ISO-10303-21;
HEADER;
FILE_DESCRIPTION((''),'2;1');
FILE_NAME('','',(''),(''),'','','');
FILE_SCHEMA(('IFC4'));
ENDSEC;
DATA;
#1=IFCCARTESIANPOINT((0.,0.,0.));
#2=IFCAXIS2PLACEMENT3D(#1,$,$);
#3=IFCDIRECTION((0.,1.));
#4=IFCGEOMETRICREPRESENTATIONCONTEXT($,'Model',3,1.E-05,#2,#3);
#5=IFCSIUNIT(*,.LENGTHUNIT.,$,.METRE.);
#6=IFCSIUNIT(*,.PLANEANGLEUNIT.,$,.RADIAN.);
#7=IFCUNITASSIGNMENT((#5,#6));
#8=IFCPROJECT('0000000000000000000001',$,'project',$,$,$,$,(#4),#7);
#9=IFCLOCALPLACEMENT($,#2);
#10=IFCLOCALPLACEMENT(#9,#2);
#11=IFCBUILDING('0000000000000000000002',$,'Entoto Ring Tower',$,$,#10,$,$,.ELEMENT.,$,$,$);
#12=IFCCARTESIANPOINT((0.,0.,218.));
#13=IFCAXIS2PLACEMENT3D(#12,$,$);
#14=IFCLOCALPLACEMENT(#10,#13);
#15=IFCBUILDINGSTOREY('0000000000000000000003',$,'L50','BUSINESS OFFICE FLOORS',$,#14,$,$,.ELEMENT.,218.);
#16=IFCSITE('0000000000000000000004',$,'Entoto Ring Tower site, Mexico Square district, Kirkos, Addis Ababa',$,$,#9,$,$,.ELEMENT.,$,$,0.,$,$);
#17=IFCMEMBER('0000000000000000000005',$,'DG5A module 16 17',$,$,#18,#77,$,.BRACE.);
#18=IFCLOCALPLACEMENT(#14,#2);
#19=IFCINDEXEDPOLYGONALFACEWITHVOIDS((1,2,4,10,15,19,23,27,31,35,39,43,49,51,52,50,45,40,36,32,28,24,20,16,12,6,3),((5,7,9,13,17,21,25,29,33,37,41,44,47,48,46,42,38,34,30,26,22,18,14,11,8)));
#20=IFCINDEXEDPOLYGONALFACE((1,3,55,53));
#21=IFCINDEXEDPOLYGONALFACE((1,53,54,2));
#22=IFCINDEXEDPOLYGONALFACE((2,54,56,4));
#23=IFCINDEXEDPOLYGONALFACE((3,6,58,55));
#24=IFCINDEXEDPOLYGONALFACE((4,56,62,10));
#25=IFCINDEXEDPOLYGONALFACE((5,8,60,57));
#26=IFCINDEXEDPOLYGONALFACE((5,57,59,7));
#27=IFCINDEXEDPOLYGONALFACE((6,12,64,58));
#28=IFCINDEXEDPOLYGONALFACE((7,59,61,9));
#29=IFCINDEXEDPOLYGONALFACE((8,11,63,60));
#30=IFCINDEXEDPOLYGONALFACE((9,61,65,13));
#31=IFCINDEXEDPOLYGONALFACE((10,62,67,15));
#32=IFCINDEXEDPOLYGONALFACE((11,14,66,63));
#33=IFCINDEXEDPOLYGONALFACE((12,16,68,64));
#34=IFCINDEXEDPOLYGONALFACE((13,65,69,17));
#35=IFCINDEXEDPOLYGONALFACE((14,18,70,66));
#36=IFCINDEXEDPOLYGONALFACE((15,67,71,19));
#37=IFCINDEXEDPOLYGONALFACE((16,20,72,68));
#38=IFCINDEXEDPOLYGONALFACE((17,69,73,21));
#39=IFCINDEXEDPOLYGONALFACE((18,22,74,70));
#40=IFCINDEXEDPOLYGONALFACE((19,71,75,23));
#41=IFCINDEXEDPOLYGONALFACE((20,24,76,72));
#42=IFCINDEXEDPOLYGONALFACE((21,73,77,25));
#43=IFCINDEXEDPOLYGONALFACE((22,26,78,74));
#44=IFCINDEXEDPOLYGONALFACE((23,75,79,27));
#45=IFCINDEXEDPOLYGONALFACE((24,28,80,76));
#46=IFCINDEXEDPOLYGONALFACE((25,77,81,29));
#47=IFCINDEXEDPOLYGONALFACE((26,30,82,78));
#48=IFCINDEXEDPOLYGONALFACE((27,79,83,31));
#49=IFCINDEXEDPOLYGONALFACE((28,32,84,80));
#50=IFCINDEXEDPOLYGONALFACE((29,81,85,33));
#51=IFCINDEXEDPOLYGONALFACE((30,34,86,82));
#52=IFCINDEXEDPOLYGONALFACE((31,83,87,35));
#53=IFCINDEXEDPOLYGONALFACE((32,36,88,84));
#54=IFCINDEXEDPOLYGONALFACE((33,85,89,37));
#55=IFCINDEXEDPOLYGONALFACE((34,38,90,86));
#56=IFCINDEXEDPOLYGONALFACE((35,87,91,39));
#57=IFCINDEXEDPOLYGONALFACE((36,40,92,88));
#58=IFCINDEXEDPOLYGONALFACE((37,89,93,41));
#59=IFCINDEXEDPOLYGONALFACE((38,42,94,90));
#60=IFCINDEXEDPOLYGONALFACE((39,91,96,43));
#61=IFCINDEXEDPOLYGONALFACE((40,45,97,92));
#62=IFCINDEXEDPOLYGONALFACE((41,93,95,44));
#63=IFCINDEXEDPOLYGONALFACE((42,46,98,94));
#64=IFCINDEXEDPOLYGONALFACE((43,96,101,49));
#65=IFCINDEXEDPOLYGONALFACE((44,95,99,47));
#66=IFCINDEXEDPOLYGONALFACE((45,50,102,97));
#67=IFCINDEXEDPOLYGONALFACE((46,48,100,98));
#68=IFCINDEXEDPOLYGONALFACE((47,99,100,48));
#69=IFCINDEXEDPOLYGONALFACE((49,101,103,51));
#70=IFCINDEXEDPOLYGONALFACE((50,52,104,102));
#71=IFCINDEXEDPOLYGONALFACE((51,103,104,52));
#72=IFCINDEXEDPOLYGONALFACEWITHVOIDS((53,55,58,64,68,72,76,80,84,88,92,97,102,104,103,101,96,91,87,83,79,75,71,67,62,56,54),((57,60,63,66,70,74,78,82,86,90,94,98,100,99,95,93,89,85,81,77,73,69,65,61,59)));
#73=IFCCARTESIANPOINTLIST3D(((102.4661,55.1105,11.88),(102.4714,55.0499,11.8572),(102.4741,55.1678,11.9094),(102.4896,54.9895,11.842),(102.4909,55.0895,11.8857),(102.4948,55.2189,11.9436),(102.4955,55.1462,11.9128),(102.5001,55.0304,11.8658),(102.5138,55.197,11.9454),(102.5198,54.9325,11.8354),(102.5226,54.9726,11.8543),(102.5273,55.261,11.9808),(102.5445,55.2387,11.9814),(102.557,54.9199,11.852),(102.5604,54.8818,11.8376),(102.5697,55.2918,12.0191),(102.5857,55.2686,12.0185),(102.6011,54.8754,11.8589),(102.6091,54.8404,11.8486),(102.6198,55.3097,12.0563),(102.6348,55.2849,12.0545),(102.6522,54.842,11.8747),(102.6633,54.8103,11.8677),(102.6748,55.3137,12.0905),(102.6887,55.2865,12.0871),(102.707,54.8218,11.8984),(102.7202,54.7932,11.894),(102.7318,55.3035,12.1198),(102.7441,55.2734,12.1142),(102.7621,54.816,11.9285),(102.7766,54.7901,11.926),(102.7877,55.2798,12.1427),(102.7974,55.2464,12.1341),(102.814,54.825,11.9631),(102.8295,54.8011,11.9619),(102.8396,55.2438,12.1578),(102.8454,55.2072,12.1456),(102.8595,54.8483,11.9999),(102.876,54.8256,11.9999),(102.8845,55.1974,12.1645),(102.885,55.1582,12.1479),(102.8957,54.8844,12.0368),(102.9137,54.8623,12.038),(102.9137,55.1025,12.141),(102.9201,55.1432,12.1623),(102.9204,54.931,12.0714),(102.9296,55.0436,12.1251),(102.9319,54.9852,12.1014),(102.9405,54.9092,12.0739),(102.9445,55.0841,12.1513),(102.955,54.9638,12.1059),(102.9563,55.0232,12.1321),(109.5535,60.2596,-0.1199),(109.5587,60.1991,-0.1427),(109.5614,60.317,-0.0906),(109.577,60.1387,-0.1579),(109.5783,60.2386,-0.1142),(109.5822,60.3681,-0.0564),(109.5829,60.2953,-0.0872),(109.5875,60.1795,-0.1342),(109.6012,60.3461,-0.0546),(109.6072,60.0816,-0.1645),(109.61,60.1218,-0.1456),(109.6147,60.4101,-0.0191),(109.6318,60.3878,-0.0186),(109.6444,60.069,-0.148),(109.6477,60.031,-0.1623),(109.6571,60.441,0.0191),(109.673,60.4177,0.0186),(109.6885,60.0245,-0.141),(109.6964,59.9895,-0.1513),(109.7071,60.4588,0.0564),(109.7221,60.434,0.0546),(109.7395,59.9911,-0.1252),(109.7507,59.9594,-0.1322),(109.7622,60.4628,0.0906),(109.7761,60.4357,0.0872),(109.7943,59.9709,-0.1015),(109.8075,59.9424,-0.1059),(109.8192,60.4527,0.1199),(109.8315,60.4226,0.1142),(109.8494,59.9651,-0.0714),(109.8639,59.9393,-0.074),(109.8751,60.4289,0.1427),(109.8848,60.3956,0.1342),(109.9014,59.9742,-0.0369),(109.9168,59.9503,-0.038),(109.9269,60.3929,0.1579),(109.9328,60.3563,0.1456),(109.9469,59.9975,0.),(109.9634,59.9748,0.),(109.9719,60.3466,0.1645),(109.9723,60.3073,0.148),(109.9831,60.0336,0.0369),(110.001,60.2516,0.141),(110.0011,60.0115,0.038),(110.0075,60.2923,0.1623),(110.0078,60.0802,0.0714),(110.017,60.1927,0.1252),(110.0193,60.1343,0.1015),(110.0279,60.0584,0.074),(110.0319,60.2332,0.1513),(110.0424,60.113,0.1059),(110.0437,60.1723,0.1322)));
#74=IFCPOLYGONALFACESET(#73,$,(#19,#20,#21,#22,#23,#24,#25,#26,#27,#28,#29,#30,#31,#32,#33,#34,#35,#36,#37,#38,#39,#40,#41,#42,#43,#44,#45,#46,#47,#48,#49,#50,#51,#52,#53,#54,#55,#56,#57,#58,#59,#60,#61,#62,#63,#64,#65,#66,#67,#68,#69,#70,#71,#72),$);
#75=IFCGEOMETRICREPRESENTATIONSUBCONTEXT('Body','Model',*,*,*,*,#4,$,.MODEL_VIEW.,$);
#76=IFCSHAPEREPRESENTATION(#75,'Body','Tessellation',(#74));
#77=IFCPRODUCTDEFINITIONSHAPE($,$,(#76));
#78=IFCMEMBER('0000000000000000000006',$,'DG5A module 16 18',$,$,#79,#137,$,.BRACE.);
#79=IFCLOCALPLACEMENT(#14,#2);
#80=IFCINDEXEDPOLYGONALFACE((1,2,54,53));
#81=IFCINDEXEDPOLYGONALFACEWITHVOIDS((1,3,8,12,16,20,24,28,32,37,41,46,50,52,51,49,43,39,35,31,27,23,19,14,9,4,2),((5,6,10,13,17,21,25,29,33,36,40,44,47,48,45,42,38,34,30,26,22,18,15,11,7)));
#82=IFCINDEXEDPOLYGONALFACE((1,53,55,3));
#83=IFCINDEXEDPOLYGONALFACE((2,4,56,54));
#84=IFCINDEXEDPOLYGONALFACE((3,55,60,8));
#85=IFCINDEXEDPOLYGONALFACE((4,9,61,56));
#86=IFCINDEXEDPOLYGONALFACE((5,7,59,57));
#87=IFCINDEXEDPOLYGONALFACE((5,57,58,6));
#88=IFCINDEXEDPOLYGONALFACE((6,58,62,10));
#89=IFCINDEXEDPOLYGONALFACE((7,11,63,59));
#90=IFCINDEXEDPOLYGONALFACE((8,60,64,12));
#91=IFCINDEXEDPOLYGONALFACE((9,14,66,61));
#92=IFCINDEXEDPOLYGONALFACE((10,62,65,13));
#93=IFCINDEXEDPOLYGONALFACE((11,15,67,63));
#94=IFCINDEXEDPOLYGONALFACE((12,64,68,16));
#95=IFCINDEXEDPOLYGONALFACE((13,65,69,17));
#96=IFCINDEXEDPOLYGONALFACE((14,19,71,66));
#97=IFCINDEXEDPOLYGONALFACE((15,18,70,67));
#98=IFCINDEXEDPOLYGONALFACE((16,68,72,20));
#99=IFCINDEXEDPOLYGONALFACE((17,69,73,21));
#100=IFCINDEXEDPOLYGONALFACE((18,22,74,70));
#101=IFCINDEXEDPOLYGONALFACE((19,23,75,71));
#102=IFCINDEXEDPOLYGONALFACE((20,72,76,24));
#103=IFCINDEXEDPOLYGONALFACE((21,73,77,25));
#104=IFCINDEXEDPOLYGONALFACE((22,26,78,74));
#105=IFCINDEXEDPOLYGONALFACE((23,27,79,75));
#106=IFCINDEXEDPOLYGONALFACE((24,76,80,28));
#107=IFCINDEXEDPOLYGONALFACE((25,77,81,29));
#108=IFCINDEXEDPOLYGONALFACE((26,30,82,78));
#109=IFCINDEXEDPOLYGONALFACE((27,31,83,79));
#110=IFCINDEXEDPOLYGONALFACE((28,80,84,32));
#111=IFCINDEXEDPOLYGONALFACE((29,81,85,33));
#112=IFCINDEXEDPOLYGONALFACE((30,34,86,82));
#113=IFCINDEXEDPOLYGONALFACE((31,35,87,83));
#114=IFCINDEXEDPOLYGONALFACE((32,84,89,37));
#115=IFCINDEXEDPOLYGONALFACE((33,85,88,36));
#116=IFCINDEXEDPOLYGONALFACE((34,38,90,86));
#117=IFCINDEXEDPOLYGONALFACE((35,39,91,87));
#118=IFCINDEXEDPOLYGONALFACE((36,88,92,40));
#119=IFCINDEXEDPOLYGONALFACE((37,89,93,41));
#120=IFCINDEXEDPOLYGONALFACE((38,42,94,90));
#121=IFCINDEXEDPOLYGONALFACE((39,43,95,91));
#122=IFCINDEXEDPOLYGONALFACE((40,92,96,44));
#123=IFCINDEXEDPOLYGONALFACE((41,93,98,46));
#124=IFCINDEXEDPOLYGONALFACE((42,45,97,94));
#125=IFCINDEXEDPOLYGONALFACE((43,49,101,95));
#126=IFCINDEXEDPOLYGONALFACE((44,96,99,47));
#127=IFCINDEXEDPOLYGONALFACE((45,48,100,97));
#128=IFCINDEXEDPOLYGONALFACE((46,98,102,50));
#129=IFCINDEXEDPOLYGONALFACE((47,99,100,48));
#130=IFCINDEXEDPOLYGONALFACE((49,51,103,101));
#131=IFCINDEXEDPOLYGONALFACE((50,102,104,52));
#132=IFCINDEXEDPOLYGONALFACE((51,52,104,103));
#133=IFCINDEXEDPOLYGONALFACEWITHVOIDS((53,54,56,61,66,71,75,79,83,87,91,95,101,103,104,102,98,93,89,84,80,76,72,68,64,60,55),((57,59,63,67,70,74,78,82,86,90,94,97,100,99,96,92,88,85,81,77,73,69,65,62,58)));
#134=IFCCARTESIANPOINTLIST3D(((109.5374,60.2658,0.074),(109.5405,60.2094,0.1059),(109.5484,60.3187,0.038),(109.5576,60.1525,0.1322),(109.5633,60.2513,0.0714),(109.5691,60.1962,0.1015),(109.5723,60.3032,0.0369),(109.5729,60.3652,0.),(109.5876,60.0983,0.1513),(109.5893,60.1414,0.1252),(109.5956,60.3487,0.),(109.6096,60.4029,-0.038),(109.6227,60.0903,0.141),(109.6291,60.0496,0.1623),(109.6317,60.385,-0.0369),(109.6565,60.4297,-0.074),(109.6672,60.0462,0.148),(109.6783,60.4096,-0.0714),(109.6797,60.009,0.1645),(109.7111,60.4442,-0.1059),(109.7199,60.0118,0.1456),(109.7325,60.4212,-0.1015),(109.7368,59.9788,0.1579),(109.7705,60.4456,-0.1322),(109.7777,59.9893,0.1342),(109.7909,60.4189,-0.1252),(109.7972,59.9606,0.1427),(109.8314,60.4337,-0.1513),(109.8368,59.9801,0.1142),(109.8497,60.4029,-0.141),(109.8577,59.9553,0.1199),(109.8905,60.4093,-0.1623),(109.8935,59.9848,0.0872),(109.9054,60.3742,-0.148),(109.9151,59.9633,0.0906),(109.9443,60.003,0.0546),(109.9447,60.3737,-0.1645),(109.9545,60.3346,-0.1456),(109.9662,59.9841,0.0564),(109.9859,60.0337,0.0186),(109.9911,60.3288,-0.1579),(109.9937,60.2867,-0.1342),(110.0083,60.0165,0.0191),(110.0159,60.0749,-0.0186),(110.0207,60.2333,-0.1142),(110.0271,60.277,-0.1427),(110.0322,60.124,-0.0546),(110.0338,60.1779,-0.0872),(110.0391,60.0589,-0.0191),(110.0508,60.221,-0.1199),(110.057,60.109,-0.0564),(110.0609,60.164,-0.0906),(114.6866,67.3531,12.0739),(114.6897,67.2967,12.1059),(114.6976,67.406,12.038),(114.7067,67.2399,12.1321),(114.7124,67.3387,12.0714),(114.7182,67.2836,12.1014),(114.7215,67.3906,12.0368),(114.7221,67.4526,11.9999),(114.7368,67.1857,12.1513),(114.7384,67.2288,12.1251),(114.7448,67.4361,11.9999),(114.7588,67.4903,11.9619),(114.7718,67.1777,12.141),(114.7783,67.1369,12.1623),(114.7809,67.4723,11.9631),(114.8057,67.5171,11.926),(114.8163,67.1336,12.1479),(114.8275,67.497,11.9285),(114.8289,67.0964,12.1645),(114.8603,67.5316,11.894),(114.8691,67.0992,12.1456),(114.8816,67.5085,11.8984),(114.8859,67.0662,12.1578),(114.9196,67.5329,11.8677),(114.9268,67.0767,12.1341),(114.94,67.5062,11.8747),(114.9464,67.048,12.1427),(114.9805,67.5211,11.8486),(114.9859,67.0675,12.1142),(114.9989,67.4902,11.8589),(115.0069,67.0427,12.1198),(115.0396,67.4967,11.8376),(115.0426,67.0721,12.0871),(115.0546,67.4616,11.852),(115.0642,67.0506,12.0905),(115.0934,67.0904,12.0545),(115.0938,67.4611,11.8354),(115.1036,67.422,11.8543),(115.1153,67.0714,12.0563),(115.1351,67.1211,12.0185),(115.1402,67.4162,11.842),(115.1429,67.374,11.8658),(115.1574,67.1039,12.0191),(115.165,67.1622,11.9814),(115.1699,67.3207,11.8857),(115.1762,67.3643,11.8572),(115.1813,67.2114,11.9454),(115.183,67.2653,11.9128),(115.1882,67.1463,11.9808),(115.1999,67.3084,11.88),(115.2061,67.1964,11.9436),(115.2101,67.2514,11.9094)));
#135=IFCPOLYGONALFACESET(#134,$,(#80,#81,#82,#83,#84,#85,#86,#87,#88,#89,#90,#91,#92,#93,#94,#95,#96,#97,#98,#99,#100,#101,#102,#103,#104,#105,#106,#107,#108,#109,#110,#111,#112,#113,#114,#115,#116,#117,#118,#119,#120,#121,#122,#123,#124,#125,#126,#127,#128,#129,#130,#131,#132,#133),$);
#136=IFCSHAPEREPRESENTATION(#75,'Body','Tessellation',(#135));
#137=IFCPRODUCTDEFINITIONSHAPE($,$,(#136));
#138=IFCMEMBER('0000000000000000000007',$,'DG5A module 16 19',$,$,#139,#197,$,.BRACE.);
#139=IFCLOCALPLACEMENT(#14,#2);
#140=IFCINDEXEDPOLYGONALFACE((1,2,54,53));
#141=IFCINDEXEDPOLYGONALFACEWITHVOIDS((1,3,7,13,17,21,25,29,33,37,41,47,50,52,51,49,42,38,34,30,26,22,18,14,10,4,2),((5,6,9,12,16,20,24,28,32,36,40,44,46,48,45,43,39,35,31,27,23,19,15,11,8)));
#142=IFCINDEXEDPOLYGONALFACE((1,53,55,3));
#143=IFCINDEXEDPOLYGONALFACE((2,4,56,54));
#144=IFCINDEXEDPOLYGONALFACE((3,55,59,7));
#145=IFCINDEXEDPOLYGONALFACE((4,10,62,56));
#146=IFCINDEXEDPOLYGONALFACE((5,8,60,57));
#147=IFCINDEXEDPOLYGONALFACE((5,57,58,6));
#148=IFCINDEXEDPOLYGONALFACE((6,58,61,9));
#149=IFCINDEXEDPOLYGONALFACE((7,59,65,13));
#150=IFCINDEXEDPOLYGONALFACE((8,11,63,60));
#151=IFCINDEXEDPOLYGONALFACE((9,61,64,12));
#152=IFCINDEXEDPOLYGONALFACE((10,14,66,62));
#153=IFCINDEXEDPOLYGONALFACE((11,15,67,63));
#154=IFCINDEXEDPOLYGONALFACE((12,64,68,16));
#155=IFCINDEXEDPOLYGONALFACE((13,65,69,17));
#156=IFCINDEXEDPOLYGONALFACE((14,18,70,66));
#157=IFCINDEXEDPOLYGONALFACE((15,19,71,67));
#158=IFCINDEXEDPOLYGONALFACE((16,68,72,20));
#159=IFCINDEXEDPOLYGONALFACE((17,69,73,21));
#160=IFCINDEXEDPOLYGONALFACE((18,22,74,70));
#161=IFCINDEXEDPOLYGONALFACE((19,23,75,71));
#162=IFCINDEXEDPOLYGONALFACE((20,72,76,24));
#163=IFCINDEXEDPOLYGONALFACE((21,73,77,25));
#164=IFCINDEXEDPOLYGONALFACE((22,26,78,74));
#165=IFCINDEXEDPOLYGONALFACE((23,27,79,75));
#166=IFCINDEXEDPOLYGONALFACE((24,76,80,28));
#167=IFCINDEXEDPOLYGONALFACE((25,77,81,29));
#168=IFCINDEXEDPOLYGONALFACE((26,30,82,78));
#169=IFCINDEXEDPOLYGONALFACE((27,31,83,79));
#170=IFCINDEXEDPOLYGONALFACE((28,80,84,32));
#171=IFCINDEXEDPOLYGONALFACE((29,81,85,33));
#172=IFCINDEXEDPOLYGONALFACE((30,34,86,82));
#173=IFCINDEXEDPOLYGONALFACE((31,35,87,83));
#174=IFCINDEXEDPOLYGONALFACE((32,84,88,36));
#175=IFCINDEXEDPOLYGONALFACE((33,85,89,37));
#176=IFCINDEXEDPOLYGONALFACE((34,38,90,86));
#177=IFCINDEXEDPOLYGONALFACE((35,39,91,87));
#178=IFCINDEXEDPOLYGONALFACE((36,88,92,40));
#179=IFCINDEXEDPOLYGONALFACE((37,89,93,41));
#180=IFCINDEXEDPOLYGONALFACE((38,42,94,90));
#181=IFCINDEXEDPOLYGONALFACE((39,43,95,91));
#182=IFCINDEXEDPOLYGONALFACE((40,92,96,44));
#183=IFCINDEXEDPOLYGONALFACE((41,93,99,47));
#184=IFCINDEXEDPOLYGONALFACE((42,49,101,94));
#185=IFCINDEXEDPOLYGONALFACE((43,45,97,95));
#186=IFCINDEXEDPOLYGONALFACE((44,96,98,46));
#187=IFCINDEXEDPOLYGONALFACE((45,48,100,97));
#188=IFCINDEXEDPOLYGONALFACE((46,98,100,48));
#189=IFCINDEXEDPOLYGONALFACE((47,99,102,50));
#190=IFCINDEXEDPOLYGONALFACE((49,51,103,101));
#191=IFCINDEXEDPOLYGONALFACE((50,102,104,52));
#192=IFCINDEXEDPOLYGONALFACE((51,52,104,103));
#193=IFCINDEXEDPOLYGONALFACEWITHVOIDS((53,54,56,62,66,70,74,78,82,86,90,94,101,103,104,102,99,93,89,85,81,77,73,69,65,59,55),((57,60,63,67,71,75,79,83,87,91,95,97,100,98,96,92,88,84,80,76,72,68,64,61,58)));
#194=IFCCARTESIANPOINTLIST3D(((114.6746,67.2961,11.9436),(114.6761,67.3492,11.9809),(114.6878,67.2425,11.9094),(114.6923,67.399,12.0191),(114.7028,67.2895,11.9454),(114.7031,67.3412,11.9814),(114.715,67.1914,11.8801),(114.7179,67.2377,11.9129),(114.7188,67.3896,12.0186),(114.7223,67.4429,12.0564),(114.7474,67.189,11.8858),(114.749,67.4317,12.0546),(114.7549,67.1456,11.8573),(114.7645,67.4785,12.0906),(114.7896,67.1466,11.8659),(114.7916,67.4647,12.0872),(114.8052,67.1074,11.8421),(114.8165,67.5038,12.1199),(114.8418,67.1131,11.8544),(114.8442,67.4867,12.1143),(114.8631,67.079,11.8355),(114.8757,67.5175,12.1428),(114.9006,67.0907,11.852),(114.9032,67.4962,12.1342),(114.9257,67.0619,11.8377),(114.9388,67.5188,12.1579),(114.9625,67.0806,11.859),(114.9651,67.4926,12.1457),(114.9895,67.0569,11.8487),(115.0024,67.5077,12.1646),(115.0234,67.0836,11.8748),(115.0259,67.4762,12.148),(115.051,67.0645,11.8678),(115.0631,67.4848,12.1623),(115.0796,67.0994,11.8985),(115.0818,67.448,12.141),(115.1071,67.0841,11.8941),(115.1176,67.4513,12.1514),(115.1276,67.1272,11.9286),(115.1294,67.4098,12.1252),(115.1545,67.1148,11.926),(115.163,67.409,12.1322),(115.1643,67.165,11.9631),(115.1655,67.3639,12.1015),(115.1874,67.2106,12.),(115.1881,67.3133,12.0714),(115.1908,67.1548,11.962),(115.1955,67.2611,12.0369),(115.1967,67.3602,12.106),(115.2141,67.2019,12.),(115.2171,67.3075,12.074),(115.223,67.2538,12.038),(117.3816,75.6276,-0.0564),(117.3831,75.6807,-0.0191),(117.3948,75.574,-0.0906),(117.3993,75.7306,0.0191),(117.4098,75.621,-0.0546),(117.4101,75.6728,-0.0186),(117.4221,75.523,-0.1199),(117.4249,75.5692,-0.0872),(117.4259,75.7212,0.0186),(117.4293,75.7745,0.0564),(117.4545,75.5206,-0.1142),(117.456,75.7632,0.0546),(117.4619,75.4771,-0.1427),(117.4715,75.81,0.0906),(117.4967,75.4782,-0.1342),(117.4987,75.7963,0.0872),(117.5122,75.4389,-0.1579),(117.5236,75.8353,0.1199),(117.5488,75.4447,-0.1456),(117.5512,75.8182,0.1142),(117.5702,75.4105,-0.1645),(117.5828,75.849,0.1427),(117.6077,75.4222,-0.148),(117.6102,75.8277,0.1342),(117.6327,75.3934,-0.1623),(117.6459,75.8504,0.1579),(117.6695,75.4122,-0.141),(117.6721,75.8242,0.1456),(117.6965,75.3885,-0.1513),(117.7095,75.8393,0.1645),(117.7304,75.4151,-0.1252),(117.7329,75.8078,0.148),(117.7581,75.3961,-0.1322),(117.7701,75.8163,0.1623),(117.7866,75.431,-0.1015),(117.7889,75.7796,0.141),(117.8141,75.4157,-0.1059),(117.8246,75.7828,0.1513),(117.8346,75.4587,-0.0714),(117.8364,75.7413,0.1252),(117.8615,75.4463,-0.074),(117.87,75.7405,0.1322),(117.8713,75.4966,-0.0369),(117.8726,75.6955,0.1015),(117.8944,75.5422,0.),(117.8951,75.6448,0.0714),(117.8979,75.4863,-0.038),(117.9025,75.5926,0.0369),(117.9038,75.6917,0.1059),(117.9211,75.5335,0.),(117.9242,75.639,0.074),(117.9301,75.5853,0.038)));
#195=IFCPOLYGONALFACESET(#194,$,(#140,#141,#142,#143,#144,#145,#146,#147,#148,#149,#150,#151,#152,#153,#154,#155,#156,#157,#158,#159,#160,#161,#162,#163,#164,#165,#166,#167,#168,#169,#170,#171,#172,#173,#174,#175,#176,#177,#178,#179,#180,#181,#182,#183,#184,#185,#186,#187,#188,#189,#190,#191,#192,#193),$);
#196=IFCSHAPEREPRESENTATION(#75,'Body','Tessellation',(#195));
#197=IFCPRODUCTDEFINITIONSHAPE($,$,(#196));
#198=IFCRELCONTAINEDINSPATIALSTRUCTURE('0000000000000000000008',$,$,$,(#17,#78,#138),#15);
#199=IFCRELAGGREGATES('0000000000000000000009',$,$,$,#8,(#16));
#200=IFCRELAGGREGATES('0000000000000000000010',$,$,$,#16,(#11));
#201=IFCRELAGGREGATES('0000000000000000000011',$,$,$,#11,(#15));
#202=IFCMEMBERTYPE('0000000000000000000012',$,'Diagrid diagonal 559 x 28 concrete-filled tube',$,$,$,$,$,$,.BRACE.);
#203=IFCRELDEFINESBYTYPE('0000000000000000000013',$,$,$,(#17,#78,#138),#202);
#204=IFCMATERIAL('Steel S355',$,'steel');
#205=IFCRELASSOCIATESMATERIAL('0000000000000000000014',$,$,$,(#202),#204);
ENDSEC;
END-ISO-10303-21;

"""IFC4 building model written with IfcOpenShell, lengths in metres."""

from ifc_helpers import new_model, si_unit, direction, frame, origin, origin_2d, place, context, subcontext, project, spatial, circle, hollow_circle, extrude, material, material_profile, profile_set, type_object, element, save


model = new_model("IFC4")

# Units and contexts
model_context = context("Model", 3, precision=1e-05, world=origin(), true_north=direction((0.0, 1.0)))
body_context = subcontext(model_context, "Body", "Model", "MODEL_VIEW")
ifc_project = project(units=[si_unit("LENGTHUNIT", "METRE"), si_unit("PLANEANGLEUNIT", "RADIAN")], contexts=[model_context])

# Site, building, storey
site_placement = place(None, origin())
site = spatial("IfcSite", under=ifc_project, at=site_placement, Name="Entoto Ring Tower site, Mexico Square district, Kirkos, Addis Ababa", CompositionType="ELEMENT", RefElevation=0.0)
building_placement = place(site_placement, origin())
building = spatial("IfcBuilding", under=site, at=building_placement, Name="Entoto Ring Tower", CompositionType="ELEMENT")
storey_placement = place(building_placement, frame((0.0, 0.0, 218.0)))
storey = spatial("IfcBuildingStorey", under=building, at=storey_placement, Name="L50", Description="BUSINESS OFFICE FLOORS", CompositionType="ELEMENT", Elevation=218.0)

# Members
ifc_material_1 = material(Name="Steel S355", Category="steel")
ifc_material_profile_1 = material_profile(ifc_material_1, hollow_circle(Radius=0.2795, WallThickness=0.0281, at=origin_2d()), Name="CHS 559 x 28")
ifc_material_2 = material(Name="Concrete C60/75", Category="concrete")
ifc_material_profile_2 = material_profile(ifc_material_2, circle(Radius=0.2515, at=origin_2d()), Name="Concrete C60/75 infill")
ifc_profile_set_1 = profile_set([ifc_material_profile_1, ifc_material_profile_2], Name="Steel S355")
member_type_1 = type_object("IfcMemberType", Name="Diagrid diagonal 559 x 28 concrete-filled tube", PredefinedType="BRACE", material=ifc_profile_set_1)
for number, where, z_axis, x_axis, name in (
    (1, (109.7991, 60.2009, 0.0), (-0.477025, -0.34657, 0.807673), (0.587776, -0.809024, 0.0), "DG5A module 16 17"),
    (2, (109.7991, 60.2009, 0.0), (0.34657, 0.477025, 0.807673), (-0.809024, 0.587776, 0.0), "DG5A module 16 18"),
    (3, (117.6553, 75.6199, 0.0), (-0.182201, -0.560767, 0.807678), (0.951058, -0.309012, 0.0), "DG5A module 16 19"),
):
    element("IfcMember", number, at=place(storey_placement, frame(where, z_axis=z_axis, x_axis=x_axis)), inside=storey, type_object=member_type_1, Name=name, PredefinedType="BRACE", context=body_context, shape_type="SweptSolid", body=[
        extrude(hollow_circle(Radius=0.2795, WallThickness=0.0281, at=origin_2d()), origin(), (0.0, 0.0, 1.0), 14.8574),
    ])

save(model, "model.ifc")
